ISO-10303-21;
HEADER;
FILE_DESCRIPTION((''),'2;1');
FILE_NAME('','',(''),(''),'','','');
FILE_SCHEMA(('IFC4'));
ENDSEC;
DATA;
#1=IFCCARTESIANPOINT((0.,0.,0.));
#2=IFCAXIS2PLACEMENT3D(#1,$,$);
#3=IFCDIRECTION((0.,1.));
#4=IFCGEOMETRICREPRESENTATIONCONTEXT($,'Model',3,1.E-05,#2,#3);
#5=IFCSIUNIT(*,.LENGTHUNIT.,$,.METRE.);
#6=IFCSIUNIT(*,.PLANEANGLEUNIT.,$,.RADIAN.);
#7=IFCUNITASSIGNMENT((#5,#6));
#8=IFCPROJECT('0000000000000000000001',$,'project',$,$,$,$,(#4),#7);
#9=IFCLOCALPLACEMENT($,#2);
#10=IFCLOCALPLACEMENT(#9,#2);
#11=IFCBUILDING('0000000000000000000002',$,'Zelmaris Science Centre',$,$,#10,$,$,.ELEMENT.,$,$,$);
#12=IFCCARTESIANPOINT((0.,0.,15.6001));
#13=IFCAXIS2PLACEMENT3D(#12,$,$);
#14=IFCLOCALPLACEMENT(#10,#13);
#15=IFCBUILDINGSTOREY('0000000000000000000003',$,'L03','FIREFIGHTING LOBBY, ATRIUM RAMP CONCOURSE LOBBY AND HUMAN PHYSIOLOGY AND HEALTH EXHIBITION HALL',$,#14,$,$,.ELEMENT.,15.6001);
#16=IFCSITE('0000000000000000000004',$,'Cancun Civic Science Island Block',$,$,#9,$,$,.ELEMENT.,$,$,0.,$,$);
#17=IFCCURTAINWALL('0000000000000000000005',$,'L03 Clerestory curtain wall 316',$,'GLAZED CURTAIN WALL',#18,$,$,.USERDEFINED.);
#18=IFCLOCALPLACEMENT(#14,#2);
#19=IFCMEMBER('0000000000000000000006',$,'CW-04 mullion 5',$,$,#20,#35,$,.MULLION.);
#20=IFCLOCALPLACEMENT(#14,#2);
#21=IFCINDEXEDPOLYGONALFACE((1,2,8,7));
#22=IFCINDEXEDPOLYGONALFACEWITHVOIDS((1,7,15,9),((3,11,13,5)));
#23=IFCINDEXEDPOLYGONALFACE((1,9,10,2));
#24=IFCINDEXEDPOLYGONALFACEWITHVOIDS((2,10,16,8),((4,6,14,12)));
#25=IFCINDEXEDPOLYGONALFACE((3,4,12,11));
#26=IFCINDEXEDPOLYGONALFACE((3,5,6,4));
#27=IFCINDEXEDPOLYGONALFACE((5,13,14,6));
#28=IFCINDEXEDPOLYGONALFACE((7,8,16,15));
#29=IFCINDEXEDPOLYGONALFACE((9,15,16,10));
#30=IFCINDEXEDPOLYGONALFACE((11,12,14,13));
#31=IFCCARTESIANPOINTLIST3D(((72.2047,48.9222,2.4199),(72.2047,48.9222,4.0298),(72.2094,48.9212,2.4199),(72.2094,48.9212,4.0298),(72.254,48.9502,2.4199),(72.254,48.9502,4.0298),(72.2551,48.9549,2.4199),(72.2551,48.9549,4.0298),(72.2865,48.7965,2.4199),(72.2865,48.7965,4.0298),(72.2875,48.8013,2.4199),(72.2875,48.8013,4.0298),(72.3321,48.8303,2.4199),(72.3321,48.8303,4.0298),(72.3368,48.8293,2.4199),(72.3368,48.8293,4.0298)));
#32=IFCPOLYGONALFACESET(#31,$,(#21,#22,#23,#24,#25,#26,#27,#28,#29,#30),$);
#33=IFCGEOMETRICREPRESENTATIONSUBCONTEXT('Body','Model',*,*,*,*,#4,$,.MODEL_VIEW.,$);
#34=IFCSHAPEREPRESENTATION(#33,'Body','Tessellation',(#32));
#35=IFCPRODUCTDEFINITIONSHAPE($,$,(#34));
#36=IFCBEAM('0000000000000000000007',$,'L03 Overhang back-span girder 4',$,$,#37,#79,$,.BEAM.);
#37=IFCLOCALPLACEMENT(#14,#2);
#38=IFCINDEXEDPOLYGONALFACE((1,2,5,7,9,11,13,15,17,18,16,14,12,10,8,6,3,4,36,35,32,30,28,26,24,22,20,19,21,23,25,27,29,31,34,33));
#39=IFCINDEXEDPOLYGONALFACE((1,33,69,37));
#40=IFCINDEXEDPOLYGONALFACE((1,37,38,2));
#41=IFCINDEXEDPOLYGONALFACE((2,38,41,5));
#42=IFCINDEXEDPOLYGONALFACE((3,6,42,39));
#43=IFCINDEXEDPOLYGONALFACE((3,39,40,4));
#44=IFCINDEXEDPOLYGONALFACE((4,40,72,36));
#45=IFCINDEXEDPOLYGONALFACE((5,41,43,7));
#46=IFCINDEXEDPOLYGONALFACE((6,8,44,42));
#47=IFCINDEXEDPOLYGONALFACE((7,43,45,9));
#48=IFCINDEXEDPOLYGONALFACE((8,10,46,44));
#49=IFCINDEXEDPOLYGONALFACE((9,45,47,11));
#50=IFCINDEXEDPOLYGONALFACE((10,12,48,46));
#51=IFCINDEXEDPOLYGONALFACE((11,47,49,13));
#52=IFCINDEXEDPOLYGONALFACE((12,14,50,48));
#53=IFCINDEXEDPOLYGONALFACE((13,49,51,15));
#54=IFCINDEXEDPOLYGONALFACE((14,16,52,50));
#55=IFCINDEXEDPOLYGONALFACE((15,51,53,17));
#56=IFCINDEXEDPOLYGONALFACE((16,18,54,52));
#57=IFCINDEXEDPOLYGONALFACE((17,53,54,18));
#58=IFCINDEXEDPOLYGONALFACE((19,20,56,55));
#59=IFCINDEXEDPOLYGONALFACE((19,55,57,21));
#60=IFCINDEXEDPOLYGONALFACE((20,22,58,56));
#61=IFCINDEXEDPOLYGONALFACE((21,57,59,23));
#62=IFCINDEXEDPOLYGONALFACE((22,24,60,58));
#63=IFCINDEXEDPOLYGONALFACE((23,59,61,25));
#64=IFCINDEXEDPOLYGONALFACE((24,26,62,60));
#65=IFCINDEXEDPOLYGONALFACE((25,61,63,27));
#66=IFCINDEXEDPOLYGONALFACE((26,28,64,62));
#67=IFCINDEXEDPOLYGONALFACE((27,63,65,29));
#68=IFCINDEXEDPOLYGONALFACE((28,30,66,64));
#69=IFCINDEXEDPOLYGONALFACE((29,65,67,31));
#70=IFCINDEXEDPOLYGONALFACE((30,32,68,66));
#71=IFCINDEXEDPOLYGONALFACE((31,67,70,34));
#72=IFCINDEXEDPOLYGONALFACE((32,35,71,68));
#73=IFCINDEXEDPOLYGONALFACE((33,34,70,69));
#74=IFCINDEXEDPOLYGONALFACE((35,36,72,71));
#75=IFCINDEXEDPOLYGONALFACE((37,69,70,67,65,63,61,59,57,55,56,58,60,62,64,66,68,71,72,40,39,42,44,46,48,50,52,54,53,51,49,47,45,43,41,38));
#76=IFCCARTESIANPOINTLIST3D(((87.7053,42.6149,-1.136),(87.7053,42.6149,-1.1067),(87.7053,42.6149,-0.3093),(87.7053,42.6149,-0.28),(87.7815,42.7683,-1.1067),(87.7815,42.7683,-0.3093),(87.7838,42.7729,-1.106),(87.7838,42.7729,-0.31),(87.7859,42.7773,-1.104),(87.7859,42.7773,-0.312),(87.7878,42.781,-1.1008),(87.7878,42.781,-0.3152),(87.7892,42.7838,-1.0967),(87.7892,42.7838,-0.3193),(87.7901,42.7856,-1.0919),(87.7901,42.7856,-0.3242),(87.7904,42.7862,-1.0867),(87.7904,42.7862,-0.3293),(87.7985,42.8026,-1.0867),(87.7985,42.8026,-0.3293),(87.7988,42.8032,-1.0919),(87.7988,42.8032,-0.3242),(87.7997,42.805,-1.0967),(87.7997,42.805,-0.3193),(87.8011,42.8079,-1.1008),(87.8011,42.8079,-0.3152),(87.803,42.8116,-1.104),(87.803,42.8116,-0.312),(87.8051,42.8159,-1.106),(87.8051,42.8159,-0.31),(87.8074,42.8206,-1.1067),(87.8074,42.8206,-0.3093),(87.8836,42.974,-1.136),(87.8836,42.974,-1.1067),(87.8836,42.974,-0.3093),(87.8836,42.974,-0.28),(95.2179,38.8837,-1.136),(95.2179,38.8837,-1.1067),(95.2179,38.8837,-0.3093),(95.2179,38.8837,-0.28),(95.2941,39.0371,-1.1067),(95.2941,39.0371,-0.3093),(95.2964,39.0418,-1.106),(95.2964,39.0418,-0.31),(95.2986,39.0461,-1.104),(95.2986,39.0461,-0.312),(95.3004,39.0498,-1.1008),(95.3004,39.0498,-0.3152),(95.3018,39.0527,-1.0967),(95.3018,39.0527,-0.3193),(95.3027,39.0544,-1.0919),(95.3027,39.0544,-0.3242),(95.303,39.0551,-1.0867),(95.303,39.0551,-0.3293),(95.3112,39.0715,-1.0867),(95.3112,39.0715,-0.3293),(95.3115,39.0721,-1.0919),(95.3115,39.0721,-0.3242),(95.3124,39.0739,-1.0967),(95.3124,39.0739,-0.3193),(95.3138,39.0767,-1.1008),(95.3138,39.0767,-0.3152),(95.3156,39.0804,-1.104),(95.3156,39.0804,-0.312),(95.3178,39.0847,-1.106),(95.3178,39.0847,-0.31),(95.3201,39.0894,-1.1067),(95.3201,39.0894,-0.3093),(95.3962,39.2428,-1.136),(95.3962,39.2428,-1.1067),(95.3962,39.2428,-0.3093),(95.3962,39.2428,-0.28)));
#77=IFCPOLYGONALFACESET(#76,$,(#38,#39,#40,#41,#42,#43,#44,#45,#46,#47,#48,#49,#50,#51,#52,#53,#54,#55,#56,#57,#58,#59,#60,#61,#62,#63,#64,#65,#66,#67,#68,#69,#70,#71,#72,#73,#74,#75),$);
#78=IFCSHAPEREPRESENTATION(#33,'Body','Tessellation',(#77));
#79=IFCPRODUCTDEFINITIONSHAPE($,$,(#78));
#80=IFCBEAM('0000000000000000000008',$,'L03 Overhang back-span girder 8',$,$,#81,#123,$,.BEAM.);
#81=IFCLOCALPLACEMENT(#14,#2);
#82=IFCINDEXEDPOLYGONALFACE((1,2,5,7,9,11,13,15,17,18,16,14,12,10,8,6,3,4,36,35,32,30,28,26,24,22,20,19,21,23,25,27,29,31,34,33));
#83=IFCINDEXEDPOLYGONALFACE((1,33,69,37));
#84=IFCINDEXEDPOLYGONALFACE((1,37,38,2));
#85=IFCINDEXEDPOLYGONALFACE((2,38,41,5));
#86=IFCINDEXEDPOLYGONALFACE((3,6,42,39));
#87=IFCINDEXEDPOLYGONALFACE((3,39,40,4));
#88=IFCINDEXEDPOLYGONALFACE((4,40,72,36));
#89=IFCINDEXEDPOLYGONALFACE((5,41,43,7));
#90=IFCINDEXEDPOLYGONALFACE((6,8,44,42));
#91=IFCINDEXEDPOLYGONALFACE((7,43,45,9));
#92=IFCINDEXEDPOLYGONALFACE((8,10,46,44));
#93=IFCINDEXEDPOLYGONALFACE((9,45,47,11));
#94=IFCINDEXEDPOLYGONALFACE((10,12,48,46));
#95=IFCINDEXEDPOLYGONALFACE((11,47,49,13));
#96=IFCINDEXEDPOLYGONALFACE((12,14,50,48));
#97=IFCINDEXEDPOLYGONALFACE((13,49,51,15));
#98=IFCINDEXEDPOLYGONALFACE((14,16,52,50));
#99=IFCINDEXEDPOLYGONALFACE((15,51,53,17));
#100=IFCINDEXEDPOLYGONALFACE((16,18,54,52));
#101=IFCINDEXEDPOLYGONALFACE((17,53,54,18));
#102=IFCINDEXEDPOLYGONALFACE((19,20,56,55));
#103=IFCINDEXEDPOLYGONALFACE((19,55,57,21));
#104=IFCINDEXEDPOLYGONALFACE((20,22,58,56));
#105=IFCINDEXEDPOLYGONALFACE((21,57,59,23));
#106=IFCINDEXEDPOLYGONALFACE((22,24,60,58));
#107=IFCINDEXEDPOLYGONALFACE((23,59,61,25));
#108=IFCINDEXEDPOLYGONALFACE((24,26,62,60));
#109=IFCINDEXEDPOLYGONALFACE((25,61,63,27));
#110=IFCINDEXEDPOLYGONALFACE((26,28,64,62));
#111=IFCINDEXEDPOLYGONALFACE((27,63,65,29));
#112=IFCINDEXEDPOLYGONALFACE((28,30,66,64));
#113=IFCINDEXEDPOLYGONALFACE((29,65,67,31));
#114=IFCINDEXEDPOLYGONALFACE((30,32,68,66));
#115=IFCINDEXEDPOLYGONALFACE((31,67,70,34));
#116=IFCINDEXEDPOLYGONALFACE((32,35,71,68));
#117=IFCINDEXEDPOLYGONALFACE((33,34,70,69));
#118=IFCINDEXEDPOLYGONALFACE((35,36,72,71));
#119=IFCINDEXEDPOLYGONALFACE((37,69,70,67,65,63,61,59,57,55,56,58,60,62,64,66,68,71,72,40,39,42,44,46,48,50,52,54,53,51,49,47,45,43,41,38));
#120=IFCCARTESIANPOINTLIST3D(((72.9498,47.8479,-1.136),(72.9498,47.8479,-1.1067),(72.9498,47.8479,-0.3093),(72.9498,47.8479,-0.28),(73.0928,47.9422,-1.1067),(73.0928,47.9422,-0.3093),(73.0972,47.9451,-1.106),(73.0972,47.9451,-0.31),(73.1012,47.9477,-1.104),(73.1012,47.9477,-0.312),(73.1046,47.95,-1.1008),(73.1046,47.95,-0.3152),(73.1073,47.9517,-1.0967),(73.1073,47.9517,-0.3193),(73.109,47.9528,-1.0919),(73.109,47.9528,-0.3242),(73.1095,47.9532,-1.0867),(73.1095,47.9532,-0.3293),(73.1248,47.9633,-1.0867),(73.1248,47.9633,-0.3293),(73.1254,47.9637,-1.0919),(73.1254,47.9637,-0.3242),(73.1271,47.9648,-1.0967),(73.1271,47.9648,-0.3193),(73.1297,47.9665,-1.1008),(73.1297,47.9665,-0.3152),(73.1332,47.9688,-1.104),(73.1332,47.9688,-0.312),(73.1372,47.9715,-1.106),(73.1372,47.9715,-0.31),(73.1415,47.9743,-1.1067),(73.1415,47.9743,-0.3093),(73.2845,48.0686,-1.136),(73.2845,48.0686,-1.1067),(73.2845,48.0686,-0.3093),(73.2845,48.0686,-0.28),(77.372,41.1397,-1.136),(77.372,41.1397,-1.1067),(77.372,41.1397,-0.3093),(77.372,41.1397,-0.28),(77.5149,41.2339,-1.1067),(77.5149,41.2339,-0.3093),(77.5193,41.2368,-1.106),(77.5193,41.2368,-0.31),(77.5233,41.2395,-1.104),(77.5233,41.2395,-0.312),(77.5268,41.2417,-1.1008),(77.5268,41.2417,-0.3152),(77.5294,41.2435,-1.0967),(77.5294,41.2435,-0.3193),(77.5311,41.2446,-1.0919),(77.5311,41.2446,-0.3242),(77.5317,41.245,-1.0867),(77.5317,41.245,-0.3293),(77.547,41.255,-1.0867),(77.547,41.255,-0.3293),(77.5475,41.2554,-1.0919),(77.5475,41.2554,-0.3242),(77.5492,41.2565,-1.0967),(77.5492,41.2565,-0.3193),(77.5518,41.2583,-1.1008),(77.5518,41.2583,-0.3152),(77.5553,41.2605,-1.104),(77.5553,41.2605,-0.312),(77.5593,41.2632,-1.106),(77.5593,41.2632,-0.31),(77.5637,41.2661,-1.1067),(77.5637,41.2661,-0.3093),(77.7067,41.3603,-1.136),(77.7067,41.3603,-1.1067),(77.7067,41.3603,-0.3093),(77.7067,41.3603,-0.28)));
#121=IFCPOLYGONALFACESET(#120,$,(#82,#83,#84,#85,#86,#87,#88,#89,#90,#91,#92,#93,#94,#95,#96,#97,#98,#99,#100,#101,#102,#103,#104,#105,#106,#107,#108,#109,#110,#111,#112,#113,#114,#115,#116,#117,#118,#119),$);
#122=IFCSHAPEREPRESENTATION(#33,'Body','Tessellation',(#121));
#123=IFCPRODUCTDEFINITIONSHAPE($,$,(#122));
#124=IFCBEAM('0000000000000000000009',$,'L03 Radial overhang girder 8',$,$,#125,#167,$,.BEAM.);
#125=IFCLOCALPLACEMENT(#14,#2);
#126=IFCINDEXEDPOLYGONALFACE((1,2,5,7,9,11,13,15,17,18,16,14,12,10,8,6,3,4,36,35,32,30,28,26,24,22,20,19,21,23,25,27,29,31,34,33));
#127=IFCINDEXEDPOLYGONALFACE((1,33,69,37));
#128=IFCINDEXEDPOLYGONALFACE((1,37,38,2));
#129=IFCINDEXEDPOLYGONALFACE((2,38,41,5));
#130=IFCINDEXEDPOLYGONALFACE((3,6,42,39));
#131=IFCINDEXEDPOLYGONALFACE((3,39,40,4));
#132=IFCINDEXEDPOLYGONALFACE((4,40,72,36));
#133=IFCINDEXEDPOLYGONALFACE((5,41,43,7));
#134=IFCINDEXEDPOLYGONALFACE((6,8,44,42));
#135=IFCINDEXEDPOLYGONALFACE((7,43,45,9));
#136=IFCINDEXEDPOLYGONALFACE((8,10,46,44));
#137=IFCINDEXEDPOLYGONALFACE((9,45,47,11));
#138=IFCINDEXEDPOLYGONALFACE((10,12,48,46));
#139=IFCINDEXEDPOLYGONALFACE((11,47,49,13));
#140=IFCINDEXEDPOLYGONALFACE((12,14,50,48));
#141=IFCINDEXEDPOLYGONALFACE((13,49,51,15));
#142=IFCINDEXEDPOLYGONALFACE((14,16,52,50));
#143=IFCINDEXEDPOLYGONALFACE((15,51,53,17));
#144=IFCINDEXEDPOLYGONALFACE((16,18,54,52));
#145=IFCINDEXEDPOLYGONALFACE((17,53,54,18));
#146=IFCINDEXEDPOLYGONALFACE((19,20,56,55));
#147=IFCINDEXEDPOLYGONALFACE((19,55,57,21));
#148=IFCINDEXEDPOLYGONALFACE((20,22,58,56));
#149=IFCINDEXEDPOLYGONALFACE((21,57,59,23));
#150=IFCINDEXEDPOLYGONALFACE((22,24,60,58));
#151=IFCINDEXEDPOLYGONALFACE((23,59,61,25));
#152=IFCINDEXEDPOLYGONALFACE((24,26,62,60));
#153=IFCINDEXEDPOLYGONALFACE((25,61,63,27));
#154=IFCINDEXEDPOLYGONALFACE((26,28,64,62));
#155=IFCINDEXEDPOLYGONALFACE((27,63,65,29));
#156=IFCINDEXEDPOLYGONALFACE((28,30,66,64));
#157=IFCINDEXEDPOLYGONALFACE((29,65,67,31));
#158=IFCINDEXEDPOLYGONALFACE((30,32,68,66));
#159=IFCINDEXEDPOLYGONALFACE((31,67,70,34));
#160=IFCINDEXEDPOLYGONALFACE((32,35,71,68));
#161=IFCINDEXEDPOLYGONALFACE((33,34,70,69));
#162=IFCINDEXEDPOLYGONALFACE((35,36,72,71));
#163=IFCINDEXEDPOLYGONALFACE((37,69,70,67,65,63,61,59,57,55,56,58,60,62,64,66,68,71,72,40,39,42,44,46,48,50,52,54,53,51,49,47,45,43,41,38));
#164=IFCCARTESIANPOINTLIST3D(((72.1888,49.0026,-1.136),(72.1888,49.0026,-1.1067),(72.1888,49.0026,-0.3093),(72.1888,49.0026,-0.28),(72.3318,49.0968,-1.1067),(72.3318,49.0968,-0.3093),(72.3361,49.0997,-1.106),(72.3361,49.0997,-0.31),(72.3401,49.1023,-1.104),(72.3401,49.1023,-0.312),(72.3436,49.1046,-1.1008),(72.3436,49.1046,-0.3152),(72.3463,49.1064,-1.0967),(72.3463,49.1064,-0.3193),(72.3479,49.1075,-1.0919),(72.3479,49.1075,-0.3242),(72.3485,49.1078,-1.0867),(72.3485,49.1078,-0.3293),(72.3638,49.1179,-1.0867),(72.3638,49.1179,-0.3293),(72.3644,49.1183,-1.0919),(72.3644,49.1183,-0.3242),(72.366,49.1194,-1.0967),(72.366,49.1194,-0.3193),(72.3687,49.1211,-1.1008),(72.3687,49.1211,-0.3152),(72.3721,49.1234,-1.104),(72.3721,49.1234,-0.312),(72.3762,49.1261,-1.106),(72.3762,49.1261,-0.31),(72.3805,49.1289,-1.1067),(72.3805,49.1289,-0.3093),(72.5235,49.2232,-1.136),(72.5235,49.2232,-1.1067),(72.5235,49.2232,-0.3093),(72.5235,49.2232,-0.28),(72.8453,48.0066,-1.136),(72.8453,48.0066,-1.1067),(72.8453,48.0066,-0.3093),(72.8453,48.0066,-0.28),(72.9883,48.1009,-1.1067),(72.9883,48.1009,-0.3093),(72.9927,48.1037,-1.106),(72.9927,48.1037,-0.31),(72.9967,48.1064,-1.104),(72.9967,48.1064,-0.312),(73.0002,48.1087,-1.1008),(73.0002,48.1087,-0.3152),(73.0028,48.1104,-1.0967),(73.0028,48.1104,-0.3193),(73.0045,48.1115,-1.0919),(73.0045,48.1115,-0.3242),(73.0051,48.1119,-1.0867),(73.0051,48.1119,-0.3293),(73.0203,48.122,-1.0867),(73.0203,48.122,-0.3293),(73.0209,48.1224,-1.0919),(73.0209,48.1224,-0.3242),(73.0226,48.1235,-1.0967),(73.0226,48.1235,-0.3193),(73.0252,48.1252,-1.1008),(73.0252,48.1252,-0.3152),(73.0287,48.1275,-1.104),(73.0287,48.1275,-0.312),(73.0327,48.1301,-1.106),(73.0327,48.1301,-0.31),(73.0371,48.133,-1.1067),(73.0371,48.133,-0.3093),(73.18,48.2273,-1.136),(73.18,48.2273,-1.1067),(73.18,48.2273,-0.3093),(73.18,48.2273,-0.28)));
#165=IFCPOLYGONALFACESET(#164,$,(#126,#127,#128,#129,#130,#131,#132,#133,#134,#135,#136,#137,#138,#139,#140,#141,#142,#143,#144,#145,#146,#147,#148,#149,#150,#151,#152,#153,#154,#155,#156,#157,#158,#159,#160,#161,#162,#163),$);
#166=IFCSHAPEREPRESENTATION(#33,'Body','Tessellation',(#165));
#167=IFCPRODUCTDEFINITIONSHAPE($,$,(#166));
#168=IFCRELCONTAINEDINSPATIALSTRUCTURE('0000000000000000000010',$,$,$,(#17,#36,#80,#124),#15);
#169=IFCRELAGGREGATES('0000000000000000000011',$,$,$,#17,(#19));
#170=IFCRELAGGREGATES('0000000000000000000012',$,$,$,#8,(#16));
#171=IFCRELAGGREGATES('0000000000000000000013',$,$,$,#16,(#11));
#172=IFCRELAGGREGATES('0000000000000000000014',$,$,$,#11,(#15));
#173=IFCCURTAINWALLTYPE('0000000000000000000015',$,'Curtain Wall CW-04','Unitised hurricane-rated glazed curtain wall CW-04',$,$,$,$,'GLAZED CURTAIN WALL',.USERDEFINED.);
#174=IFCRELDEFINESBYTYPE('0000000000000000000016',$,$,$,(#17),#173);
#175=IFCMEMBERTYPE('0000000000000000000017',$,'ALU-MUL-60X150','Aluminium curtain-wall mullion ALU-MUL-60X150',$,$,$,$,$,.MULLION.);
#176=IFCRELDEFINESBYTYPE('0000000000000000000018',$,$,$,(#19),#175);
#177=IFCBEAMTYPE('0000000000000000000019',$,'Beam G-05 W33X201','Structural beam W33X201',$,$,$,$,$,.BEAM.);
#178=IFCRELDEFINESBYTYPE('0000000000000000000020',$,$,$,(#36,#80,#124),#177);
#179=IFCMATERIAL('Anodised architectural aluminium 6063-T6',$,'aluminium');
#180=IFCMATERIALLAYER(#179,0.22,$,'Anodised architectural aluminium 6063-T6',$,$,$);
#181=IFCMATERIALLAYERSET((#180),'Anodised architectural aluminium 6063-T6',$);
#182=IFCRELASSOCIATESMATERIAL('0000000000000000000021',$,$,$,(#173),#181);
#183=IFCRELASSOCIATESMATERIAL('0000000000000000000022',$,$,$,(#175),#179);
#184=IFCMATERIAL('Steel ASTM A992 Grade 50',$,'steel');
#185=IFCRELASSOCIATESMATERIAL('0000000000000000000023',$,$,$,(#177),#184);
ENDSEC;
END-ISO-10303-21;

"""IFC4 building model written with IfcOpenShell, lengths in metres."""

from ifc_helpers import new_model, si_unit, direction, frame, origin, origin_2d, place, context, subcontext, project, spatial, hollow_rectangle, i_section, extrude, material, layer, layer_set, material_profile, profile_set, type_object, element, aggregate, save


model = new_model("IFC4")

# Units and contexts
model_context = context("Model", 3, precision=1e-05, world=origin(), true_north=direction((0.0, 1.0)))
body_context = subcontext(model_context, "Body", "Model", "MODEL_VIEW")
ifc_project = project(units=[si_unit("LENGTHUNIT", "METRE"), si_unit("PLANEANGLEUNIT", "RADIAN")], contexts=[model_context])

# Site, building, storey
site_placement = place(None, origin())
site = spatial("IfcSite", under=ifc_project, at=site_placement, Name="Cancun Civic Science Island Block", CompositionType="ELEMENT", RefElevation=0.0)
building_placement = place(site_placement, origin())
building = spatial("IfcBuilding", under=site, at=building_placement, Name="Zelmaris Science Centre", CompositionType="ELEMENT")
storey_placement = place(building_placement, frame((0.0, 0.0, 15.6001)))
storey = spatial("IfcBuildingStorey", under=building, at=storey_placement, Name="L03", Description="FIREFIGHTING LOBBY, ATRIUM RAMP CONCOURSE LOBBY AND HUMAN PHYSIOLOGY AND HEALTH EXHIBITION HALL", CompositionType="ELEMENT", Elevation=15.6001)

# Shared definitions
ifc_material_1 = material(Name="Steel ASTM A992 Grade 50", Category="steel")

# Curtain wall, member
ifc_material_2 = material(Name="Anodised architectural aluminium 6063-T6", Category="aluminium")
ifc_layer_1 = layer(ifc_material_2, 0.22, Name="Anodised architectural aluminium 6063-T6")
ifc_layer_set_1 = layer_set([ifc_layer_1], Name="Anodised architectural aluminium 6063-T6")
curtain_wall_type = type_object("IfcCurtainWallType", Name="Curtain Wall CW-04", Description="Unitised hurricane-rated glazed curtain wall CW-04", ElementType="GLAZED CURTAIN WALL", PredefinedType="USERDEFINED", material=ifc_layer_set_1)
curtain_wall_placement = place(storey_placement, origin())
curtain_wall = element("IfcCurtainWall", 1, at=curtain_wall_placement, inside=storey, type_object=curtain_wall_type, Name="L03 Clerestory curtain wall 316", ObjectType="GLAZED CURTAIN WALL", PredefinedType="USERDEFINED")
ifc_material_profile_1 = material_profile(ifc_material_2, hollow_rectangle(XDim=0.0601, YDim=0.1499, WallThickness=0.0034, at=origin_2d()), Name="ALU-MUL-60X150")
ifc_profile_set_1 = profile_set([ifc_material_profile_1], Name="Anodised architectural aluminium 6063-T6")
member_type = type_object("IfcMemberType", Name="ALU-MUL-60X150", Description="Aluminium curtain-wall mullion ALU-MUL-60X150", PredefinedType="MULLION", material=ifc_profile_set_1)
member_placement = place(storey_placement, frame((72.2708, 48.8757, 2.4199), z_axis=(0.0, 0.0, 1.0), x_axis=(0.838228, 0.54532, 0.0)))
member = element("IfcMember", 2, at=member_placement, type_object=member_type, Name="CW-04 mullion 5", PredefinedType="MULLION", context=body_context, shape_type="SweptSolid", body=[
    extrude(hollow_rectangle(XDim=0.0601, YDim=0.1499, WallThickness=0.0034, at=origin_2d()), origin(), (0.0, 0.0, 1.0), 1.6099),
])

# Beams
ifc_material_profile_2 = material_profile(ifc_material_1, i_section(OverallWidth=0.4009, OverallDepth=0.856, WebThickness=0.0183, FlangeThickness=0.0293, FilletRadius=0.02, at=origin_2d()), Name="W33X201")
ifc_profile_set_2 = profile_set([ifc_material_profile_2], Name="Steel ASTM A992 Grade 50")
beam_type_1 = type_object("IfcBeamType", Name="Beam G-05 W33X201", Description="Structural beam W33X201", PredefinedType="BEAM", material=ifc_profile_set_2)
beam_1_placement = place(storey_placement, frame((87.7944, 42.7944, -0.708), z_axis=(0.895623, -0.444814, 0.0), x_axis=(0.444814, 0.895623, 0.0)))
element("IfcBeam", 3, at=beam_1_placement, inside=storey, type_object=beam_type_1, Name="L03 Overhang back-span girder 4", PredefinedType="BEAM", context=body_context, shape_type="SweptSolid", body=[
    extrude(i_section(OverallWidth=0.4009, OverallDepth=0.856, WebThickness=0.0183, FlangeThickness=0.0293, FilletRadius=0.02, at=origin_2d()), origin(), (0.0, 0.0, 1.0), 8.3882),
])
beam_2_placement = place(storey_placement, frame((77.5393, 41.25, -0.708), z_axis=(-0.55038, 0.834914, 0.0), x_axis=(-0.834914, -0.55038, 0.0)))
element("IfcBeam", 4, at=beam_2_placement, inside=storey, type_object=beam_type_1, Name="L03 Overhang back-span girder 8", PredefinedType="BEAM", context=body_context, shape_type="SweptSolid", body=[
    extrude(i_section(OverallWidth=0.4009, OverallDepth=0.856, WebThickness=0.0183, FlangeThickness=0.0293, FilletRadius=0.02, at=origin_2d()), origin(), (0.0, 0.0, 1.0), 8.0347),
])
beam_3_placement = place(storey_placement, frame((73.0127, 48.1169, -0.708), z_axis=(-0.550394, 0.834905, 0.0), x_axis=(-0.834905, -0.550394, 0.0)))
element("IfcBeam", 5, at=beam_3_placement, inside=storey, type_object=beam_type_1, Name="L03 Radial overhang girder 8", PredefinedType="BEAM", context=body_context, shape_type="SweptSolid", body=[
    extrude(i_section(OverallWidth=0.4009, OverallDepth=0.856, WebThickness=0.0183, FlangeThickness=0.0293, FilletRadius=0.02, at=origin_2d()), origin(), (0.0, 0.0, 1.0), 1.1929),
])

aggregate(curtain_wall, [member])

save(model, "model.ifc")
